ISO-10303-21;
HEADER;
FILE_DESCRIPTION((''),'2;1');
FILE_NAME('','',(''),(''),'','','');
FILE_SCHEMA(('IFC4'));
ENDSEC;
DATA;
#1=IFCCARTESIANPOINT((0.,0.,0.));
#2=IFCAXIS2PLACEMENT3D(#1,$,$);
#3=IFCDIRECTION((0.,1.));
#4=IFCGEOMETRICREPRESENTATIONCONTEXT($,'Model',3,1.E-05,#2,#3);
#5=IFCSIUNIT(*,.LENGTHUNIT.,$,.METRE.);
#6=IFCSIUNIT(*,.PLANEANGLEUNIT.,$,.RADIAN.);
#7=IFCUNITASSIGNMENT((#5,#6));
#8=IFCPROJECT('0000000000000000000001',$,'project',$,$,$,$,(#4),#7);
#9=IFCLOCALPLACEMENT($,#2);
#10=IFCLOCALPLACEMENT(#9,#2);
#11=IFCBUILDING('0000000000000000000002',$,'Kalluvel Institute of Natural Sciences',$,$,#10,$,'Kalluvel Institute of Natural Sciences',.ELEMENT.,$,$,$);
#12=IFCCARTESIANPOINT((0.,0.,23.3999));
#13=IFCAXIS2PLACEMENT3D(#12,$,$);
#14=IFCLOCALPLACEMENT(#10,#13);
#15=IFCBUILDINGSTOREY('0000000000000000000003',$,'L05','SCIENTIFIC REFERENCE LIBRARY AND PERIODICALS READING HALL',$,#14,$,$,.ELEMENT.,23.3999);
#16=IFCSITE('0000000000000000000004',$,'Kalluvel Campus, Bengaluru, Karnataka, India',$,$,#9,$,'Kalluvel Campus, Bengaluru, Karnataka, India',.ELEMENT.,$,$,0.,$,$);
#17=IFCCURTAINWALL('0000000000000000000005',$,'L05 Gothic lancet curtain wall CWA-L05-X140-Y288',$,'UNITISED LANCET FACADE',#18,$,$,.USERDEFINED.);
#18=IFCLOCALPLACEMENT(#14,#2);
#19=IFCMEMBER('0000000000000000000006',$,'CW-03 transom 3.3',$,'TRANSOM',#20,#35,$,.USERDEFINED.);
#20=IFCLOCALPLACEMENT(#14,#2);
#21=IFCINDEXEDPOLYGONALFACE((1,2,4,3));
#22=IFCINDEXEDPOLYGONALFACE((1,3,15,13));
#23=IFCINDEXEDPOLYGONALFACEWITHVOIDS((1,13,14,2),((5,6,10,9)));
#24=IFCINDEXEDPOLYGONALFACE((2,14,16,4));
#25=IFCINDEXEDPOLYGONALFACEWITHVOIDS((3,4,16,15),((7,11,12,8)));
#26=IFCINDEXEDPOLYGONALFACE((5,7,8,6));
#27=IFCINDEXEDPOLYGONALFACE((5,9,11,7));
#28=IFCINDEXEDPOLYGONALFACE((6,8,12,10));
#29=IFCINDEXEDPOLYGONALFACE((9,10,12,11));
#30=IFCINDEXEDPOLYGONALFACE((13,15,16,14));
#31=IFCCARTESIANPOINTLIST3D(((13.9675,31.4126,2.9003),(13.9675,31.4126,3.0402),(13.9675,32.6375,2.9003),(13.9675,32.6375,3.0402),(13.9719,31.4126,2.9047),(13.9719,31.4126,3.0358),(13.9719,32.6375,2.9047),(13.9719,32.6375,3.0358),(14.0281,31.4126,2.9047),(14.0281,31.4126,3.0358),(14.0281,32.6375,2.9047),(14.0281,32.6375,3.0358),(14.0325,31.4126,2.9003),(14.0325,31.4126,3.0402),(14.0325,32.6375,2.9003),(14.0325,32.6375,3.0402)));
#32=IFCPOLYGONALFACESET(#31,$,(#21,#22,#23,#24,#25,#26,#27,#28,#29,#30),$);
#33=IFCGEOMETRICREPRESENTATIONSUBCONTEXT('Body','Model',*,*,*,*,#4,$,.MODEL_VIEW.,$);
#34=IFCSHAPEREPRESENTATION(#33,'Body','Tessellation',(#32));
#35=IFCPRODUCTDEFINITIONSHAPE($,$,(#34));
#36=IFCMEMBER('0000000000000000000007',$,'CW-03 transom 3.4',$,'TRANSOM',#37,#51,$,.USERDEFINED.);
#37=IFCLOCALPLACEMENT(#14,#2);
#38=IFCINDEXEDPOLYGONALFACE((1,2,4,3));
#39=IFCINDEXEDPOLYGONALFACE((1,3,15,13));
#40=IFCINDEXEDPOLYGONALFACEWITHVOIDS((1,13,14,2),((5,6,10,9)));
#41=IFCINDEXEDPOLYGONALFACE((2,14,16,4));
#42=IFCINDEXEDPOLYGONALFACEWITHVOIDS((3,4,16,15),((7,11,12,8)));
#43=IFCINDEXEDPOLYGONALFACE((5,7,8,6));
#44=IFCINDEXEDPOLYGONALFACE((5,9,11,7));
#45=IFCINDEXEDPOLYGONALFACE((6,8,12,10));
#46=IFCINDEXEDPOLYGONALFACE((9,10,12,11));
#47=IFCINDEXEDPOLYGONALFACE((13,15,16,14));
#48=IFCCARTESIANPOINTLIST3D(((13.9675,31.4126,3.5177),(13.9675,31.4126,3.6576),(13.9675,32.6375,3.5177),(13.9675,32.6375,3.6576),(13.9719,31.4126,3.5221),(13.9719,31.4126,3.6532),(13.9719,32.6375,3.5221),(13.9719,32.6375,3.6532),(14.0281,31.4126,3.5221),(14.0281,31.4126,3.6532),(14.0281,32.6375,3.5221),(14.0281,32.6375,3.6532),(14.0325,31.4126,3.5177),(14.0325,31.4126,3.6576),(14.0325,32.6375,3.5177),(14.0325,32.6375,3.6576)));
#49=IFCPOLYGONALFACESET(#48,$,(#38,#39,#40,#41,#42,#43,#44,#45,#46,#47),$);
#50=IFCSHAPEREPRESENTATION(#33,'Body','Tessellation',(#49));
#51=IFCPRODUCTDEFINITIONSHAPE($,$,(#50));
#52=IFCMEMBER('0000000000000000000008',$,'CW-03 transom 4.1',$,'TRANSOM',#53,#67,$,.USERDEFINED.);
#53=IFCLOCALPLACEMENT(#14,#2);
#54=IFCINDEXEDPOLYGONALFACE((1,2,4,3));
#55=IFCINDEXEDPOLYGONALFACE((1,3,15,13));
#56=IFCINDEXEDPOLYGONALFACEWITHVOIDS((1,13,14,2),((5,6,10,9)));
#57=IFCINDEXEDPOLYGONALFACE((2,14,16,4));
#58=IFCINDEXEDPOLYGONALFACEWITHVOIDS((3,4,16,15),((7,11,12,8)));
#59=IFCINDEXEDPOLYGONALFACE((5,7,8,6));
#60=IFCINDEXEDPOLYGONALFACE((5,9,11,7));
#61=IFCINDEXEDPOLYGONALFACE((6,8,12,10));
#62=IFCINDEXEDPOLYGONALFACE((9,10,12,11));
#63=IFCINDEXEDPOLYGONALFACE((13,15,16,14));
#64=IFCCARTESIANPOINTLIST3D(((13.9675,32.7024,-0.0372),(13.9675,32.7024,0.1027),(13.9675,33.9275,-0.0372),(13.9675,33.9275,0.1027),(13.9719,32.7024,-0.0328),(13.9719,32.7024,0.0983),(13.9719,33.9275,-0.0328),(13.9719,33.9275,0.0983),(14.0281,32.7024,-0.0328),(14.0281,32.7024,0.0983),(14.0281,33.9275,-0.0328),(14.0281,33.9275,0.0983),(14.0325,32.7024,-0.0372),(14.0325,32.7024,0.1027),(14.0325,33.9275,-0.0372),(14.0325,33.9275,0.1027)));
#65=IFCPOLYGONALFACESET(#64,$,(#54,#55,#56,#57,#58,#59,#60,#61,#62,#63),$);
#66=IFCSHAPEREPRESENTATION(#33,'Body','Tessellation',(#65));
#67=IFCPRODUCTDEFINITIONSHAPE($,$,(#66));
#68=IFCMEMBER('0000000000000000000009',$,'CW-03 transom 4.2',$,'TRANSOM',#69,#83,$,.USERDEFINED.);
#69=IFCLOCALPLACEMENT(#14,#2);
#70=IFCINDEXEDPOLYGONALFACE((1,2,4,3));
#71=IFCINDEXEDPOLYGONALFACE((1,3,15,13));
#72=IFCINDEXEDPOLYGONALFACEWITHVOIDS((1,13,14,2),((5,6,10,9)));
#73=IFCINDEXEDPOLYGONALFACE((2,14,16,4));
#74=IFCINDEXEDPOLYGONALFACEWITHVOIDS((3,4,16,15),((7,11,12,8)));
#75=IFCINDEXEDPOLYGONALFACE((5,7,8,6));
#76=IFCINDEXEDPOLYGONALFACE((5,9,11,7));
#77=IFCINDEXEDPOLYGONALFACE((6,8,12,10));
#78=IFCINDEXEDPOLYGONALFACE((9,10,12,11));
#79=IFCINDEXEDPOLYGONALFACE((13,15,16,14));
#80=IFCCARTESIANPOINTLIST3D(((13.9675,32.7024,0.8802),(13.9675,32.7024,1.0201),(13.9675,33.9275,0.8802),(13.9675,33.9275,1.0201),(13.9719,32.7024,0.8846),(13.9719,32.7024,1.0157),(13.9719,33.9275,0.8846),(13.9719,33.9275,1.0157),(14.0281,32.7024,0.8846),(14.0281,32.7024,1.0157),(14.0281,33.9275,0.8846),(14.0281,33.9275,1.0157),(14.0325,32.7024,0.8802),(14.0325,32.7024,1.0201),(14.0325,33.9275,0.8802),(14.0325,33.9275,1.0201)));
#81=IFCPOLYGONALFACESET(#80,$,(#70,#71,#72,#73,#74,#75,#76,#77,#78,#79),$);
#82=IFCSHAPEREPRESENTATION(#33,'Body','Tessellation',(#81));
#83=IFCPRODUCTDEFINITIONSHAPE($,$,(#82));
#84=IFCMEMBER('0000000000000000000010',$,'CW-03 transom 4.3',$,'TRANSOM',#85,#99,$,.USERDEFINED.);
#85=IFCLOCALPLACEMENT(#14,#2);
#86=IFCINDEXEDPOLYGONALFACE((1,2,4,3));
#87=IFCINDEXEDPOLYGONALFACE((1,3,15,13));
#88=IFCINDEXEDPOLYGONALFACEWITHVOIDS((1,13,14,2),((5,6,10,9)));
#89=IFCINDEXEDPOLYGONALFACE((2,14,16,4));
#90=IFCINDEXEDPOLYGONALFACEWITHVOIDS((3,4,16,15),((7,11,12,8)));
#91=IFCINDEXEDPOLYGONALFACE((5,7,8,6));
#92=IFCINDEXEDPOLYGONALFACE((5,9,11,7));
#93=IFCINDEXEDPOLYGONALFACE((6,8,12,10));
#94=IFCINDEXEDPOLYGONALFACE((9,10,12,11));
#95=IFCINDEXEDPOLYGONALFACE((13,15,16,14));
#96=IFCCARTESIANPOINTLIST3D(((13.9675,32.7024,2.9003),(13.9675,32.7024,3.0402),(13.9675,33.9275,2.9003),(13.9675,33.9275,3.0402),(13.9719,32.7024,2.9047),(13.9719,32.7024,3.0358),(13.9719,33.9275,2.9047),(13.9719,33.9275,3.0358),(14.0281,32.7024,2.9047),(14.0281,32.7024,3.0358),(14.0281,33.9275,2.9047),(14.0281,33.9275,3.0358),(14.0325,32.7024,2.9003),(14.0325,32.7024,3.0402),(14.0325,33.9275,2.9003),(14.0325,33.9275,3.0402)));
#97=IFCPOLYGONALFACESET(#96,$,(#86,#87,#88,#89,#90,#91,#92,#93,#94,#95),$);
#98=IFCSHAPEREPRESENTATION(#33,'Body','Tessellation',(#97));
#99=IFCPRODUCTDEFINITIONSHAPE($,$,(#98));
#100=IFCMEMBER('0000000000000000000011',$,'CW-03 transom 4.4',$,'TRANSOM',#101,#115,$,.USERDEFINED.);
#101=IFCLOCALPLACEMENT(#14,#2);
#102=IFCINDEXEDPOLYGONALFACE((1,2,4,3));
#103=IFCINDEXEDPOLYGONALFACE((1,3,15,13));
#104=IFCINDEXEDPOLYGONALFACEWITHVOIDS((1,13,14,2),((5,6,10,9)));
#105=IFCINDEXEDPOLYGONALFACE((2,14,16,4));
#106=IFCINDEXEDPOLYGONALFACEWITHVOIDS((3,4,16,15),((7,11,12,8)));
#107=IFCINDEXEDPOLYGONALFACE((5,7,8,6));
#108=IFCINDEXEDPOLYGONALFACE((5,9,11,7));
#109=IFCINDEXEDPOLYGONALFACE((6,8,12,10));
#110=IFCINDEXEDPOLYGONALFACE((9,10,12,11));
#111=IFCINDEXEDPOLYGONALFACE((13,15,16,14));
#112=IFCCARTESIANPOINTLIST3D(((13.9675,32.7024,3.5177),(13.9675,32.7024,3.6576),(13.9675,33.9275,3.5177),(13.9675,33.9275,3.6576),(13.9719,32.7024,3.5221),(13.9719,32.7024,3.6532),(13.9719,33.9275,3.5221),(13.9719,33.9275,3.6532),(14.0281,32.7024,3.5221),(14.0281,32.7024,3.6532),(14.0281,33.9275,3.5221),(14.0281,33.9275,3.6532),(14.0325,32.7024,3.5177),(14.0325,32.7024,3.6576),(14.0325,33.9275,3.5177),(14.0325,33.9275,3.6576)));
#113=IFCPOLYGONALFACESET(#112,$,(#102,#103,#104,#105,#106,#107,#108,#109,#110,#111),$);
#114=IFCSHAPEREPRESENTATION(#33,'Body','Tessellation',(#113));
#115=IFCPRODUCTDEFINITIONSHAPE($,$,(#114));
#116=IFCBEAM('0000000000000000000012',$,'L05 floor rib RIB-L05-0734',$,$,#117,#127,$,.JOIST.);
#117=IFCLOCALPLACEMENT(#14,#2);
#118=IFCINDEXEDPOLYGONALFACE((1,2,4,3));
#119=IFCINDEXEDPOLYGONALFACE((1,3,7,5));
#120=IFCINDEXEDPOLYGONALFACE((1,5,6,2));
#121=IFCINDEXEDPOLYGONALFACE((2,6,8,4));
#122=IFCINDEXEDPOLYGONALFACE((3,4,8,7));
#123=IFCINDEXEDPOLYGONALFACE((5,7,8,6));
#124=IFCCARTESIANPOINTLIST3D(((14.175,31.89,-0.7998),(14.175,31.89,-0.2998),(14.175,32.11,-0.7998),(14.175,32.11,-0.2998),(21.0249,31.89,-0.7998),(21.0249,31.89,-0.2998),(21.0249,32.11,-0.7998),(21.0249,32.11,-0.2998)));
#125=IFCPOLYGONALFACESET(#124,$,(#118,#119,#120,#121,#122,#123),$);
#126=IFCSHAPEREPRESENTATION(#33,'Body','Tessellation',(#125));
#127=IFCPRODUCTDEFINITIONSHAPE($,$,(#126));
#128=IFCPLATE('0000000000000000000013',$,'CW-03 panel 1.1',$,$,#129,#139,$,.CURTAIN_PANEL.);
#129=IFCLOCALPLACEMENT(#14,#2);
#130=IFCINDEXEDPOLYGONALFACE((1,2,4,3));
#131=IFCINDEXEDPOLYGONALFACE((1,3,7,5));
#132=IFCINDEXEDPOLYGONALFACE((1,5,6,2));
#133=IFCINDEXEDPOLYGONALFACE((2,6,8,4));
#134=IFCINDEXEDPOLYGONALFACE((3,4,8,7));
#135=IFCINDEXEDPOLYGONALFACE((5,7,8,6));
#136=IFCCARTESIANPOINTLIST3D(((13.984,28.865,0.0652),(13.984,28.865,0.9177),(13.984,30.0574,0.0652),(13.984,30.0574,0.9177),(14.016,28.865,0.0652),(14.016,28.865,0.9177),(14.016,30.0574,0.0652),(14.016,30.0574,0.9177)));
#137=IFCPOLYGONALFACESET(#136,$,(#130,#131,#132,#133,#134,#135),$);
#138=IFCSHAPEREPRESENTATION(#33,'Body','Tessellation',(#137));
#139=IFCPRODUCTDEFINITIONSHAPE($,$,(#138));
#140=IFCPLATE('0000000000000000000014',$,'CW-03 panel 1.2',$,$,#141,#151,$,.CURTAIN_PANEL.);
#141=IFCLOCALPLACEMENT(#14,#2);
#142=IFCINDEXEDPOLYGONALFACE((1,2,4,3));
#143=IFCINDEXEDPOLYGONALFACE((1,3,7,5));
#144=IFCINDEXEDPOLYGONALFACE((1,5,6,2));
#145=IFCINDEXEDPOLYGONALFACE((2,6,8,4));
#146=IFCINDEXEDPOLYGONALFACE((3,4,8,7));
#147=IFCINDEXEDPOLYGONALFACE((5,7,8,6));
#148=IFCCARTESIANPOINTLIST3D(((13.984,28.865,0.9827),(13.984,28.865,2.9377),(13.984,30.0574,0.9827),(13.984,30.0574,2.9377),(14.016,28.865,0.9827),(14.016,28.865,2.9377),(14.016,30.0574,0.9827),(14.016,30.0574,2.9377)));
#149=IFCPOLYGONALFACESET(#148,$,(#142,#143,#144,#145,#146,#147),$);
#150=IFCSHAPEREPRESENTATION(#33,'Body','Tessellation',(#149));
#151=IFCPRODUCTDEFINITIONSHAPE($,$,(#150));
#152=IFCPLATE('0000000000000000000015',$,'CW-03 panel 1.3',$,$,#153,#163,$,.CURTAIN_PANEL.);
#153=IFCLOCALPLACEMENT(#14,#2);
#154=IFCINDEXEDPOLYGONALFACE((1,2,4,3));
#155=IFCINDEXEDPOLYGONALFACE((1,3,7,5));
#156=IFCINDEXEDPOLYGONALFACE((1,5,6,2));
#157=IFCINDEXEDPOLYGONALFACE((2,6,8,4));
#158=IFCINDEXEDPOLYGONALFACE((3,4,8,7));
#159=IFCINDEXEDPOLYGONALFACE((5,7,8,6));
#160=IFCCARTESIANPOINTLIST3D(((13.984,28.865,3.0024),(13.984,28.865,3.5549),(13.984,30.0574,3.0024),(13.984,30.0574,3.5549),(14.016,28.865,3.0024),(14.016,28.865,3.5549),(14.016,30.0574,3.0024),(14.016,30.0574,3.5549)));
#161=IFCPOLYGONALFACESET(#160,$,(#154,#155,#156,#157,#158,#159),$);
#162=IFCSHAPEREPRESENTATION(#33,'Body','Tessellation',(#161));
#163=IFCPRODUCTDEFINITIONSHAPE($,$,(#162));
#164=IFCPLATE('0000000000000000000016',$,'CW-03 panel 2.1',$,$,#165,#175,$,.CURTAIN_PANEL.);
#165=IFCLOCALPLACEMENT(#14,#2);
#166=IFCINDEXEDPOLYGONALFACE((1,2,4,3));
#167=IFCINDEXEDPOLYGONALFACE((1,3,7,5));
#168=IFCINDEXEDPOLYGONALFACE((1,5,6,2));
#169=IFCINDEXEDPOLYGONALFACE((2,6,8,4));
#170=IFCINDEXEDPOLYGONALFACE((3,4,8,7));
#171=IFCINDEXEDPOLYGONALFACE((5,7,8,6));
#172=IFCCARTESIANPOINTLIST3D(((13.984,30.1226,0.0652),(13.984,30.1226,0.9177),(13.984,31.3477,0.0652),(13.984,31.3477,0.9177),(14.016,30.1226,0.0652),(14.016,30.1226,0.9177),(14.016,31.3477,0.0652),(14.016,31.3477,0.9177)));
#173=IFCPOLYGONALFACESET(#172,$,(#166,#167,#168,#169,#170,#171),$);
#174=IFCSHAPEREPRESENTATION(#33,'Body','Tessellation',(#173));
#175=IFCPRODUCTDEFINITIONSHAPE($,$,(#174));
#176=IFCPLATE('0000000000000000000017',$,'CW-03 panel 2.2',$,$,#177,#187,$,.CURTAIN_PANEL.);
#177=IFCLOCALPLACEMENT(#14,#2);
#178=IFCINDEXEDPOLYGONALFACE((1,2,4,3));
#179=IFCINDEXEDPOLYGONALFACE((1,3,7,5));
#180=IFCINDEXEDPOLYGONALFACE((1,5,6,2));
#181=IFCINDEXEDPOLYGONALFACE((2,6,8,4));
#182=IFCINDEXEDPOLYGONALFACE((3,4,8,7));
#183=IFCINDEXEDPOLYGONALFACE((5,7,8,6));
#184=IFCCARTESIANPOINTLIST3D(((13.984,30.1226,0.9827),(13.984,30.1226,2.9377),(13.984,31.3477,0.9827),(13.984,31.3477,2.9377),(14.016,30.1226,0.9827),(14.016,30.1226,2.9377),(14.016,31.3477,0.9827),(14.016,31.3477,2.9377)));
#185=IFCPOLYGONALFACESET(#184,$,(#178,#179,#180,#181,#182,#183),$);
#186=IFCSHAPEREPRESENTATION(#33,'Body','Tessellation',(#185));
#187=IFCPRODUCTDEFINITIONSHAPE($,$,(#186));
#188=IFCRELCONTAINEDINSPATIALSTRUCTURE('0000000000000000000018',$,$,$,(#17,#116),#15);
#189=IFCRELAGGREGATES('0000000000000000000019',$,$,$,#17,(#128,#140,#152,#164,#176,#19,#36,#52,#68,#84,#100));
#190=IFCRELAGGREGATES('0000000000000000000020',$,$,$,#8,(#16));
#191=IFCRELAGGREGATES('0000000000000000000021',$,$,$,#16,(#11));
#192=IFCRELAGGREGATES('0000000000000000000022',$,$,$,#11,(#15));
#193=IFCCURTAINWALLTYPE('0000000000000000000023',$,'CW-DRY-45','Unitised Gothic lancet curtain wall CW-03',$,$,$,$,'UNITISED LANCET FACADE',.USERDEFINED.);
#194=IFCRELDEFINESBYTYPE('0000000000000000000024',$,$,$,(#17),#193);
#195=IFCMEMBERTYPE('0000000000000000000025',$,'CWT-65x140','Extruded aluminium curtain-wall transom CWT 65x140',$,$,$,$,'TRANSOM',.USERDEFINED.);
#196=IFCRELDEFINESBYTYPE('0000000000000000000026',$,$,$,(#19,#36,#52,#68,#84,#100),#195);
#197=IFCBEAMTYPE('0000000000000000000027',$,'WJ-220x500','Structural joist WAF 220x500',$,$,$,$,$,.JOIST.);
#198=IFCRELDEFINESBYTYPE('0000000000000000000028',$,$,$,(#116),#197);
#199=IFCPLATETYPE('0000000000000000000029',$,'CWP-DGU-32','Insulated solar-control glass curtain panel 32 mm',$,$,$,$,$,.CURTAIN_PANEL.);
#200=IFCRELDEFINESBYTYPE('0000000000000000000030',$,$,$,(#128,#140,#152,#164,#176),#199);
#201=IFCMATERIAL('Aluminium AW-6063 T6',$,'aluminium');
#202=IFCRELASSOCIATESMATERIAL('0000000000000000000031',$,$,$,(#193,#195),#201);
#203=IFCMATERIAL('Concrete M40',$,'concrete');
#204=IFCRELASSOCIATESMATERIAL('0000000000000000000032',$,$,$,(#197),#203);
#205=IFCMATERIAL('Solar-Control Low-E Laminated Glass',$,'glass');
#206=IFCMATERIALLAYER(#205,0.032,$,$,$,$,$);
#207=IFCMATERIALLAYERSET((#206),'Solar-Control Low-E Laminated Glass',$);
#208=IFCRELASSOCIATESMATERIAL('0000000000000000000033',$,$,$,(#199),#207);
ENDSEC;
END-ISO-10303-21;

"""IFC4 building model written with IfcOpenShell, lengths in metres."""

from ifc_helpers import new_model, si_unit, direction, frame, origin, origin_2d, place, context, subcontext, project, spatial, rectangle, hollow_rectangle, extrude, material, layer, layer_set, material_profile, profile_set, type_object, element, aggregate, save


model = new_model("IFC4")

# Units and contexts
model_context = context("Model", 3, precision=1e-05, world=origin(), true_north=direction((0.0, 1.0)))
body_context = subcontext(model_context, "Body", "Model", "MODEL_VIEW")
ifc_project = project(units=[si_unit("LENGTHUNIT", "METRE"), si_unit("PLANEANGLEUNIT", "RADIAN")], contexts=[model_context])

# Site, building, storey
site_placement = place(None, origin())
site = spatial("IfcSite", under=ifc_project, at=site_placement, Name="Kalluvel Campus, Bengaluru, Karnataka, India", LongName="Kalluvel Campus, Bengaluru, Karnataka, India", CompositionType="ELEMENT", RefElevation=0.0)
building_placement = place(site_placement, origin())
building = spatial("IfcBuilding", under=site, at=building_placement, Name="Kalluvel Institute of Natural Sciences", LongName="Kalluvel Institute of Natural Sciences", CompositionType="ELEMENT")
storey_placement = place(building_placement, frame((0.0, 0.0, 23.3999)))
storey = spatial("IfcBuildingStorey", under=building, at=storey_placement, Name="L05", Description="SCIENTIFIC REFERENCE LIBRARY AND PERIODICALS READING HALL", CompositionType="ELEMENT", Elevation=23.3999)

# Curtain wall, members
ifc_material_1 = material(Name="Aluminium AW-6063 T6", Category="aluminium")
curtain_wall_type = type_object("IfcCurtainWallType", Name="CW-DRY-45", Description="Unitised Gothic lancet curtain wall CW-03", ElementType="UNITISED LANCET FACADE", PredefinedType="USERDEFINED", material=ifc_material_1)
curtain_wall_placement = place(storey_placement, origin())
curtain_wall = element("IfcCurtainWall", 1, at=curtain_wall_placement, inside=storey, type_object=curtain_wall_type, Name="L05 Gothic lancet curtain wall CWA-L05-X140-Y288", ObjectType="UNITISED LANCET FACADE", PredefinedType="USERDEFINED")
ifc_material_profile_1 = material_profile(ifc_material_1, hollow_rectangle(XDim=0.0649, YDim=0.1399, WallThickness=0.0044, at=origin_2d()), Name="CWT 65x140")
ifc_profile_set_1 = profile_set([ifc_material_profile_1], Name="Aluminium AW-6063 T6")
member_type_1 = type_object("IfcMemberType", Name="CWT-65x140", Description="Extruded aluminium curtain-wall transom CWT 65x140", ElementType="TRANSOM", PredefinedType="USERDEFINED", material=ifc_profile_set_1)
member_1_placement = place(storey_placement, frame((14.0, 31.4126, 2.9702), z_axis=(0.0, 1.0, 0.0), x_axis=(-1.0, 0.0, 0.0)))
member_1 = element("IfcMember", 2, at=member_1_placement, type_object=member_type_1, Name="CW-03 transom 3.3", ObjectType="TRANSOM", PredefinedType="USERDEFINED", context=body_context, shape_type="SweptSolid", body=[
    extrude(hollow_rectangle(XDim=0.0649, YDim=0.1399, WallThickness=0.0044, at=origin_2d()), origin(), (0.0, 0.0, 1.0), 1.2249),
])
member_2_placement = place(storey_placement, frame((14.0, 31.4126, 3.5876), z_axis=(0.0, 1.0, 0.0), x_axis=(-1.0, 0.0, 0.0)))
member_2 = element("IfcMember", 3, at=member_2_placement, type_object=member_type_1, Name="CW-03 transom 3.4", ObjectType="TRANSOM", PredefinedType="USERDEFINED", context=body_context, shape_type="SweptSolid", body=[
    extrude(hollow_rectangle(XDim=0.0649, YDim=0.1399, WallThickness=0.0044, at=origin_2d()), origin(), (0.0, 0.0, 1.0), 1.2249),
])
member_3_placement = place(storey_placement, frame((14.0, 32.7024, 0.0327), z_axis=(0.0, 1.0, 0.0), x_axis=(-1.0, 0.0, 0.0)))
member_3 = element("IfcMember", 4, at=member_3_placement, type_object=member_type_1, Name="CW-03 transom 4.1", ObjectType="TRANSOM", PredefinedType="USERDEFINED", context=body_context, shape_type="SweptSolid", body=[
    extrude(hollow_rectangle(XDim=0.0649, YDim=0.1399, WallThickness=0.0044, at=origin_2d()), origin(), (0.0, 0.0, 1.0), 1.2251),
])
member_4_placement = place(storey_placement, frame((14.0, 32.7024, 0.9502), z_axis=(0.0, 1.0, 0.0), x_axis=(-1.0, 0.0, 0.0)))
member_4 = element("IfcMember", 5, at=member_4_placement, type_object=member_type_1, Name="CW-03 transom 4.2", ObjectType="TRANSOM", PredefinedType="USERDEFINED", context=body_context, shape_type="SweptSolid", body=[
    extrude(hollow_rectangle(XDim=0.0649, YDim=0.1399, WallThickness=0.0044, at=origin_2d()), origin(), (0.0, 0.0, 1.0), 1.2251),
])
member_5_placement = place(storey_placement, frame((14.0, 32.7024, 2.9702), z_axis=(0.0, 1.0, 0.0), x_axis=(-1.0, 0.0, 0.0)))
member_5 = element("IfcMember", 6, at=member_5_placement, type_object=member_type_1, Name="CW-03 transom 4.3", ObjectType="TRANSOM", PredefinedType="USERDEFINED", context=body_context, shape_type="SweptSolid", body=[
    extrude(hollow_rectangle(XDim=0.0649, YDim=0.1399, WallThickness=0.0044, at=origin_2d()), origin(), (0.0, 0.0, 1.0), 1.2251),
])
member_6_placement = place(storey_placement, frame((14.0, 32.7024, 3.5876), z_axis=(0.0, 1.0, 0.0), x_axis=(-1.0, 0.0, 0.0)))
member_6 = element("IfcMember", 7, at=member_6_placement, type_object=member_type_1, Name="CW-03 transom 4.4", ObjectType="TRANSOM", PredefinedType="USERDEFINED", context=body_context, shape_type="SweptSolid", body=[
    extrude(hollow_rectangle(XDim=0.0649, YDim=0.1399, WallThickness=0.0044, at=origin_2d()), origin(), (0.0, 0.0, 1.0), 1.2251),
])

# Beam
ifc_material_2 = material(Name="Concrete M40", Category="concrete")
ifc_material_profile_2 = material_profile(ifc_material_2, rectangle(XDim=0.22, YDim=0.5, at=origin_2d()), Name="WAF 220x500")
ifc_profile_set_2 = profile_set([ifc_material_profile_2], Name="Concrete M40")
beam_type = type_object("IfcBeamType", Name="WJ-220x500", Description="Structural joist WAF 220x500", PredefinedType="JOIST", material=ifc_profile_set_2)
beam_placement = place(storey_placement, frame((14.175, 32.0, -0.5498), z_axis=(1.0, 0.0, 0.0), x_axis=(0.0, 1.0, 0.0)))
element("IfcBeam", 8, at=beam_placement, inside=storey, type_object=beam_type, Name="L05 floor rib RIB-L05-0734", PredefinedType="JOIST", context=body_context, shape_type="SweptSolid", body=[
    extrude(rectangle(XDim=0.22, YDim=0.5, at=origin_2d()), origin(), (0.0, 0.0, 1.0), 6.8499),
])

# Plates
ifc_material_3 = material(Name="Solar-Control Low-E Laminated Glass", Category="glass")
ifc_layer = layer(ifc_material_3, 0.032)
ifc_layer_set = layer_set([ifc_layer], Name="Solar-Control Low-E Laminated Glass")
plate_type = type_object("IfcPlateType", Name="CWP-DGU-32", Description="Insulated solar-control glass curtain panel 32 mm", PredefinedType="CURTAIN_PANEL", material=ifc_layer_set)
plate_1_placement = place(storey_placement, frame((14.0, 29.4612, 0.0652), z_axis=(0.0, 0.0, 1.0), x_axis=(0.0, 1.0, 0.0)))
plate_1 = element("IfcPlate", 9, at=plate_1_placement, type_object=plate_type, Name="CW-03 panel 1.1", PredefinedType="CURTAIN_PANEL", context=body_context, shape_type="SweptSolid", body=[
    extrude(rectangle(XDim=1.1924, YDim=0.032, at=origin_2d()), origin(), (0.0, 0.0, 1.0), 0.8525),
])
plate_2_placement = place(storey_placement, frame((14.0, 29.4612, 0.9827), z_axis=(0.0, 0.0, 1.0), x_axis=(0.0, 1.0, 0.0)))
plate_2 = element("IfcPlate", 10, at=plate_2_placement, type_object=plate_type, Name="CW-03 panel 1.2", PredefinedType="CURTAIN_PANEL", context=body_context, shape_type="SweptSolid", body=[
    extrude(rectangle(XDim=1.1924, YDim=0.032, at=origin_2d()), origin(), (0.0, 0.0, 1.0), 1.9551),
])
plate_3_placement = place(storey_placement, frame((14.0, 29.4612, 3.0024), z_axis=(0.0, 0.0, 1.0), x_axis=(0.0, 1.0, 0.0)))
plate_3 = element("IfcPlate", 11, at=plate_3_placement, type_object=plate_type, Name="CW-03 panel 1.3", PredefinedType="CURTAIN_PANEL", context=body_context, shape_type="SweptSolid", body=[
    extrude(rectangle(XDim=1.1924, YDim=0.032, at=origin_2d()), origin(), (0.0, 0.0, 1.0), 0.5525),
])
plate_4_placement = place(storey_placement, frame((14.0, 30.7351, 0.0652), z_axis=(0.0, 0.0, 1.0), x_axis=(0.0, 1.0, 0.0)))
plate_4 = element("IfcPlate", 12, at=plate_4_placement, type_object=plate_type, Name="CW-03 panel 2.1", PredefinedType="CURTAIN_PANEL", context=body_context, shape_type="SweptSolid", body=[
    extrude(rectangle(XDim=1.2251, YDim=0.032, at=origin_2d()), origin(), (0.0, 0.0, 1.0), 0.8525),
])
plate_5_placement = place(storey_placement, frame((14.0, 30.7351, 0.9827), z_axis=(0.0, 0.0, 1.0), x_axis=(0.0, 1.0, 0.0)))
plate_5 = element("IfcPlate", 13, at=plate_5_placement, type_object=plate_type, Name="CW-03 panel 2.2", PredefinedType="CURTAIN_PANEL", context=body_context, shape_type="SweptSolid", body=[
    extrude(rectangle(XDim=1.2251, YDim=0.032, at=origin_2d()), origin(), (0.0, 0.0, 1.0), 1.9551),
])
aggregate(curtain_wall, [plate_1, plate_2, plate_3, plate_4, plate_5, member_1, member_2, member_3, member_4, member_5, member_6])

save(model, "model.ifc")
